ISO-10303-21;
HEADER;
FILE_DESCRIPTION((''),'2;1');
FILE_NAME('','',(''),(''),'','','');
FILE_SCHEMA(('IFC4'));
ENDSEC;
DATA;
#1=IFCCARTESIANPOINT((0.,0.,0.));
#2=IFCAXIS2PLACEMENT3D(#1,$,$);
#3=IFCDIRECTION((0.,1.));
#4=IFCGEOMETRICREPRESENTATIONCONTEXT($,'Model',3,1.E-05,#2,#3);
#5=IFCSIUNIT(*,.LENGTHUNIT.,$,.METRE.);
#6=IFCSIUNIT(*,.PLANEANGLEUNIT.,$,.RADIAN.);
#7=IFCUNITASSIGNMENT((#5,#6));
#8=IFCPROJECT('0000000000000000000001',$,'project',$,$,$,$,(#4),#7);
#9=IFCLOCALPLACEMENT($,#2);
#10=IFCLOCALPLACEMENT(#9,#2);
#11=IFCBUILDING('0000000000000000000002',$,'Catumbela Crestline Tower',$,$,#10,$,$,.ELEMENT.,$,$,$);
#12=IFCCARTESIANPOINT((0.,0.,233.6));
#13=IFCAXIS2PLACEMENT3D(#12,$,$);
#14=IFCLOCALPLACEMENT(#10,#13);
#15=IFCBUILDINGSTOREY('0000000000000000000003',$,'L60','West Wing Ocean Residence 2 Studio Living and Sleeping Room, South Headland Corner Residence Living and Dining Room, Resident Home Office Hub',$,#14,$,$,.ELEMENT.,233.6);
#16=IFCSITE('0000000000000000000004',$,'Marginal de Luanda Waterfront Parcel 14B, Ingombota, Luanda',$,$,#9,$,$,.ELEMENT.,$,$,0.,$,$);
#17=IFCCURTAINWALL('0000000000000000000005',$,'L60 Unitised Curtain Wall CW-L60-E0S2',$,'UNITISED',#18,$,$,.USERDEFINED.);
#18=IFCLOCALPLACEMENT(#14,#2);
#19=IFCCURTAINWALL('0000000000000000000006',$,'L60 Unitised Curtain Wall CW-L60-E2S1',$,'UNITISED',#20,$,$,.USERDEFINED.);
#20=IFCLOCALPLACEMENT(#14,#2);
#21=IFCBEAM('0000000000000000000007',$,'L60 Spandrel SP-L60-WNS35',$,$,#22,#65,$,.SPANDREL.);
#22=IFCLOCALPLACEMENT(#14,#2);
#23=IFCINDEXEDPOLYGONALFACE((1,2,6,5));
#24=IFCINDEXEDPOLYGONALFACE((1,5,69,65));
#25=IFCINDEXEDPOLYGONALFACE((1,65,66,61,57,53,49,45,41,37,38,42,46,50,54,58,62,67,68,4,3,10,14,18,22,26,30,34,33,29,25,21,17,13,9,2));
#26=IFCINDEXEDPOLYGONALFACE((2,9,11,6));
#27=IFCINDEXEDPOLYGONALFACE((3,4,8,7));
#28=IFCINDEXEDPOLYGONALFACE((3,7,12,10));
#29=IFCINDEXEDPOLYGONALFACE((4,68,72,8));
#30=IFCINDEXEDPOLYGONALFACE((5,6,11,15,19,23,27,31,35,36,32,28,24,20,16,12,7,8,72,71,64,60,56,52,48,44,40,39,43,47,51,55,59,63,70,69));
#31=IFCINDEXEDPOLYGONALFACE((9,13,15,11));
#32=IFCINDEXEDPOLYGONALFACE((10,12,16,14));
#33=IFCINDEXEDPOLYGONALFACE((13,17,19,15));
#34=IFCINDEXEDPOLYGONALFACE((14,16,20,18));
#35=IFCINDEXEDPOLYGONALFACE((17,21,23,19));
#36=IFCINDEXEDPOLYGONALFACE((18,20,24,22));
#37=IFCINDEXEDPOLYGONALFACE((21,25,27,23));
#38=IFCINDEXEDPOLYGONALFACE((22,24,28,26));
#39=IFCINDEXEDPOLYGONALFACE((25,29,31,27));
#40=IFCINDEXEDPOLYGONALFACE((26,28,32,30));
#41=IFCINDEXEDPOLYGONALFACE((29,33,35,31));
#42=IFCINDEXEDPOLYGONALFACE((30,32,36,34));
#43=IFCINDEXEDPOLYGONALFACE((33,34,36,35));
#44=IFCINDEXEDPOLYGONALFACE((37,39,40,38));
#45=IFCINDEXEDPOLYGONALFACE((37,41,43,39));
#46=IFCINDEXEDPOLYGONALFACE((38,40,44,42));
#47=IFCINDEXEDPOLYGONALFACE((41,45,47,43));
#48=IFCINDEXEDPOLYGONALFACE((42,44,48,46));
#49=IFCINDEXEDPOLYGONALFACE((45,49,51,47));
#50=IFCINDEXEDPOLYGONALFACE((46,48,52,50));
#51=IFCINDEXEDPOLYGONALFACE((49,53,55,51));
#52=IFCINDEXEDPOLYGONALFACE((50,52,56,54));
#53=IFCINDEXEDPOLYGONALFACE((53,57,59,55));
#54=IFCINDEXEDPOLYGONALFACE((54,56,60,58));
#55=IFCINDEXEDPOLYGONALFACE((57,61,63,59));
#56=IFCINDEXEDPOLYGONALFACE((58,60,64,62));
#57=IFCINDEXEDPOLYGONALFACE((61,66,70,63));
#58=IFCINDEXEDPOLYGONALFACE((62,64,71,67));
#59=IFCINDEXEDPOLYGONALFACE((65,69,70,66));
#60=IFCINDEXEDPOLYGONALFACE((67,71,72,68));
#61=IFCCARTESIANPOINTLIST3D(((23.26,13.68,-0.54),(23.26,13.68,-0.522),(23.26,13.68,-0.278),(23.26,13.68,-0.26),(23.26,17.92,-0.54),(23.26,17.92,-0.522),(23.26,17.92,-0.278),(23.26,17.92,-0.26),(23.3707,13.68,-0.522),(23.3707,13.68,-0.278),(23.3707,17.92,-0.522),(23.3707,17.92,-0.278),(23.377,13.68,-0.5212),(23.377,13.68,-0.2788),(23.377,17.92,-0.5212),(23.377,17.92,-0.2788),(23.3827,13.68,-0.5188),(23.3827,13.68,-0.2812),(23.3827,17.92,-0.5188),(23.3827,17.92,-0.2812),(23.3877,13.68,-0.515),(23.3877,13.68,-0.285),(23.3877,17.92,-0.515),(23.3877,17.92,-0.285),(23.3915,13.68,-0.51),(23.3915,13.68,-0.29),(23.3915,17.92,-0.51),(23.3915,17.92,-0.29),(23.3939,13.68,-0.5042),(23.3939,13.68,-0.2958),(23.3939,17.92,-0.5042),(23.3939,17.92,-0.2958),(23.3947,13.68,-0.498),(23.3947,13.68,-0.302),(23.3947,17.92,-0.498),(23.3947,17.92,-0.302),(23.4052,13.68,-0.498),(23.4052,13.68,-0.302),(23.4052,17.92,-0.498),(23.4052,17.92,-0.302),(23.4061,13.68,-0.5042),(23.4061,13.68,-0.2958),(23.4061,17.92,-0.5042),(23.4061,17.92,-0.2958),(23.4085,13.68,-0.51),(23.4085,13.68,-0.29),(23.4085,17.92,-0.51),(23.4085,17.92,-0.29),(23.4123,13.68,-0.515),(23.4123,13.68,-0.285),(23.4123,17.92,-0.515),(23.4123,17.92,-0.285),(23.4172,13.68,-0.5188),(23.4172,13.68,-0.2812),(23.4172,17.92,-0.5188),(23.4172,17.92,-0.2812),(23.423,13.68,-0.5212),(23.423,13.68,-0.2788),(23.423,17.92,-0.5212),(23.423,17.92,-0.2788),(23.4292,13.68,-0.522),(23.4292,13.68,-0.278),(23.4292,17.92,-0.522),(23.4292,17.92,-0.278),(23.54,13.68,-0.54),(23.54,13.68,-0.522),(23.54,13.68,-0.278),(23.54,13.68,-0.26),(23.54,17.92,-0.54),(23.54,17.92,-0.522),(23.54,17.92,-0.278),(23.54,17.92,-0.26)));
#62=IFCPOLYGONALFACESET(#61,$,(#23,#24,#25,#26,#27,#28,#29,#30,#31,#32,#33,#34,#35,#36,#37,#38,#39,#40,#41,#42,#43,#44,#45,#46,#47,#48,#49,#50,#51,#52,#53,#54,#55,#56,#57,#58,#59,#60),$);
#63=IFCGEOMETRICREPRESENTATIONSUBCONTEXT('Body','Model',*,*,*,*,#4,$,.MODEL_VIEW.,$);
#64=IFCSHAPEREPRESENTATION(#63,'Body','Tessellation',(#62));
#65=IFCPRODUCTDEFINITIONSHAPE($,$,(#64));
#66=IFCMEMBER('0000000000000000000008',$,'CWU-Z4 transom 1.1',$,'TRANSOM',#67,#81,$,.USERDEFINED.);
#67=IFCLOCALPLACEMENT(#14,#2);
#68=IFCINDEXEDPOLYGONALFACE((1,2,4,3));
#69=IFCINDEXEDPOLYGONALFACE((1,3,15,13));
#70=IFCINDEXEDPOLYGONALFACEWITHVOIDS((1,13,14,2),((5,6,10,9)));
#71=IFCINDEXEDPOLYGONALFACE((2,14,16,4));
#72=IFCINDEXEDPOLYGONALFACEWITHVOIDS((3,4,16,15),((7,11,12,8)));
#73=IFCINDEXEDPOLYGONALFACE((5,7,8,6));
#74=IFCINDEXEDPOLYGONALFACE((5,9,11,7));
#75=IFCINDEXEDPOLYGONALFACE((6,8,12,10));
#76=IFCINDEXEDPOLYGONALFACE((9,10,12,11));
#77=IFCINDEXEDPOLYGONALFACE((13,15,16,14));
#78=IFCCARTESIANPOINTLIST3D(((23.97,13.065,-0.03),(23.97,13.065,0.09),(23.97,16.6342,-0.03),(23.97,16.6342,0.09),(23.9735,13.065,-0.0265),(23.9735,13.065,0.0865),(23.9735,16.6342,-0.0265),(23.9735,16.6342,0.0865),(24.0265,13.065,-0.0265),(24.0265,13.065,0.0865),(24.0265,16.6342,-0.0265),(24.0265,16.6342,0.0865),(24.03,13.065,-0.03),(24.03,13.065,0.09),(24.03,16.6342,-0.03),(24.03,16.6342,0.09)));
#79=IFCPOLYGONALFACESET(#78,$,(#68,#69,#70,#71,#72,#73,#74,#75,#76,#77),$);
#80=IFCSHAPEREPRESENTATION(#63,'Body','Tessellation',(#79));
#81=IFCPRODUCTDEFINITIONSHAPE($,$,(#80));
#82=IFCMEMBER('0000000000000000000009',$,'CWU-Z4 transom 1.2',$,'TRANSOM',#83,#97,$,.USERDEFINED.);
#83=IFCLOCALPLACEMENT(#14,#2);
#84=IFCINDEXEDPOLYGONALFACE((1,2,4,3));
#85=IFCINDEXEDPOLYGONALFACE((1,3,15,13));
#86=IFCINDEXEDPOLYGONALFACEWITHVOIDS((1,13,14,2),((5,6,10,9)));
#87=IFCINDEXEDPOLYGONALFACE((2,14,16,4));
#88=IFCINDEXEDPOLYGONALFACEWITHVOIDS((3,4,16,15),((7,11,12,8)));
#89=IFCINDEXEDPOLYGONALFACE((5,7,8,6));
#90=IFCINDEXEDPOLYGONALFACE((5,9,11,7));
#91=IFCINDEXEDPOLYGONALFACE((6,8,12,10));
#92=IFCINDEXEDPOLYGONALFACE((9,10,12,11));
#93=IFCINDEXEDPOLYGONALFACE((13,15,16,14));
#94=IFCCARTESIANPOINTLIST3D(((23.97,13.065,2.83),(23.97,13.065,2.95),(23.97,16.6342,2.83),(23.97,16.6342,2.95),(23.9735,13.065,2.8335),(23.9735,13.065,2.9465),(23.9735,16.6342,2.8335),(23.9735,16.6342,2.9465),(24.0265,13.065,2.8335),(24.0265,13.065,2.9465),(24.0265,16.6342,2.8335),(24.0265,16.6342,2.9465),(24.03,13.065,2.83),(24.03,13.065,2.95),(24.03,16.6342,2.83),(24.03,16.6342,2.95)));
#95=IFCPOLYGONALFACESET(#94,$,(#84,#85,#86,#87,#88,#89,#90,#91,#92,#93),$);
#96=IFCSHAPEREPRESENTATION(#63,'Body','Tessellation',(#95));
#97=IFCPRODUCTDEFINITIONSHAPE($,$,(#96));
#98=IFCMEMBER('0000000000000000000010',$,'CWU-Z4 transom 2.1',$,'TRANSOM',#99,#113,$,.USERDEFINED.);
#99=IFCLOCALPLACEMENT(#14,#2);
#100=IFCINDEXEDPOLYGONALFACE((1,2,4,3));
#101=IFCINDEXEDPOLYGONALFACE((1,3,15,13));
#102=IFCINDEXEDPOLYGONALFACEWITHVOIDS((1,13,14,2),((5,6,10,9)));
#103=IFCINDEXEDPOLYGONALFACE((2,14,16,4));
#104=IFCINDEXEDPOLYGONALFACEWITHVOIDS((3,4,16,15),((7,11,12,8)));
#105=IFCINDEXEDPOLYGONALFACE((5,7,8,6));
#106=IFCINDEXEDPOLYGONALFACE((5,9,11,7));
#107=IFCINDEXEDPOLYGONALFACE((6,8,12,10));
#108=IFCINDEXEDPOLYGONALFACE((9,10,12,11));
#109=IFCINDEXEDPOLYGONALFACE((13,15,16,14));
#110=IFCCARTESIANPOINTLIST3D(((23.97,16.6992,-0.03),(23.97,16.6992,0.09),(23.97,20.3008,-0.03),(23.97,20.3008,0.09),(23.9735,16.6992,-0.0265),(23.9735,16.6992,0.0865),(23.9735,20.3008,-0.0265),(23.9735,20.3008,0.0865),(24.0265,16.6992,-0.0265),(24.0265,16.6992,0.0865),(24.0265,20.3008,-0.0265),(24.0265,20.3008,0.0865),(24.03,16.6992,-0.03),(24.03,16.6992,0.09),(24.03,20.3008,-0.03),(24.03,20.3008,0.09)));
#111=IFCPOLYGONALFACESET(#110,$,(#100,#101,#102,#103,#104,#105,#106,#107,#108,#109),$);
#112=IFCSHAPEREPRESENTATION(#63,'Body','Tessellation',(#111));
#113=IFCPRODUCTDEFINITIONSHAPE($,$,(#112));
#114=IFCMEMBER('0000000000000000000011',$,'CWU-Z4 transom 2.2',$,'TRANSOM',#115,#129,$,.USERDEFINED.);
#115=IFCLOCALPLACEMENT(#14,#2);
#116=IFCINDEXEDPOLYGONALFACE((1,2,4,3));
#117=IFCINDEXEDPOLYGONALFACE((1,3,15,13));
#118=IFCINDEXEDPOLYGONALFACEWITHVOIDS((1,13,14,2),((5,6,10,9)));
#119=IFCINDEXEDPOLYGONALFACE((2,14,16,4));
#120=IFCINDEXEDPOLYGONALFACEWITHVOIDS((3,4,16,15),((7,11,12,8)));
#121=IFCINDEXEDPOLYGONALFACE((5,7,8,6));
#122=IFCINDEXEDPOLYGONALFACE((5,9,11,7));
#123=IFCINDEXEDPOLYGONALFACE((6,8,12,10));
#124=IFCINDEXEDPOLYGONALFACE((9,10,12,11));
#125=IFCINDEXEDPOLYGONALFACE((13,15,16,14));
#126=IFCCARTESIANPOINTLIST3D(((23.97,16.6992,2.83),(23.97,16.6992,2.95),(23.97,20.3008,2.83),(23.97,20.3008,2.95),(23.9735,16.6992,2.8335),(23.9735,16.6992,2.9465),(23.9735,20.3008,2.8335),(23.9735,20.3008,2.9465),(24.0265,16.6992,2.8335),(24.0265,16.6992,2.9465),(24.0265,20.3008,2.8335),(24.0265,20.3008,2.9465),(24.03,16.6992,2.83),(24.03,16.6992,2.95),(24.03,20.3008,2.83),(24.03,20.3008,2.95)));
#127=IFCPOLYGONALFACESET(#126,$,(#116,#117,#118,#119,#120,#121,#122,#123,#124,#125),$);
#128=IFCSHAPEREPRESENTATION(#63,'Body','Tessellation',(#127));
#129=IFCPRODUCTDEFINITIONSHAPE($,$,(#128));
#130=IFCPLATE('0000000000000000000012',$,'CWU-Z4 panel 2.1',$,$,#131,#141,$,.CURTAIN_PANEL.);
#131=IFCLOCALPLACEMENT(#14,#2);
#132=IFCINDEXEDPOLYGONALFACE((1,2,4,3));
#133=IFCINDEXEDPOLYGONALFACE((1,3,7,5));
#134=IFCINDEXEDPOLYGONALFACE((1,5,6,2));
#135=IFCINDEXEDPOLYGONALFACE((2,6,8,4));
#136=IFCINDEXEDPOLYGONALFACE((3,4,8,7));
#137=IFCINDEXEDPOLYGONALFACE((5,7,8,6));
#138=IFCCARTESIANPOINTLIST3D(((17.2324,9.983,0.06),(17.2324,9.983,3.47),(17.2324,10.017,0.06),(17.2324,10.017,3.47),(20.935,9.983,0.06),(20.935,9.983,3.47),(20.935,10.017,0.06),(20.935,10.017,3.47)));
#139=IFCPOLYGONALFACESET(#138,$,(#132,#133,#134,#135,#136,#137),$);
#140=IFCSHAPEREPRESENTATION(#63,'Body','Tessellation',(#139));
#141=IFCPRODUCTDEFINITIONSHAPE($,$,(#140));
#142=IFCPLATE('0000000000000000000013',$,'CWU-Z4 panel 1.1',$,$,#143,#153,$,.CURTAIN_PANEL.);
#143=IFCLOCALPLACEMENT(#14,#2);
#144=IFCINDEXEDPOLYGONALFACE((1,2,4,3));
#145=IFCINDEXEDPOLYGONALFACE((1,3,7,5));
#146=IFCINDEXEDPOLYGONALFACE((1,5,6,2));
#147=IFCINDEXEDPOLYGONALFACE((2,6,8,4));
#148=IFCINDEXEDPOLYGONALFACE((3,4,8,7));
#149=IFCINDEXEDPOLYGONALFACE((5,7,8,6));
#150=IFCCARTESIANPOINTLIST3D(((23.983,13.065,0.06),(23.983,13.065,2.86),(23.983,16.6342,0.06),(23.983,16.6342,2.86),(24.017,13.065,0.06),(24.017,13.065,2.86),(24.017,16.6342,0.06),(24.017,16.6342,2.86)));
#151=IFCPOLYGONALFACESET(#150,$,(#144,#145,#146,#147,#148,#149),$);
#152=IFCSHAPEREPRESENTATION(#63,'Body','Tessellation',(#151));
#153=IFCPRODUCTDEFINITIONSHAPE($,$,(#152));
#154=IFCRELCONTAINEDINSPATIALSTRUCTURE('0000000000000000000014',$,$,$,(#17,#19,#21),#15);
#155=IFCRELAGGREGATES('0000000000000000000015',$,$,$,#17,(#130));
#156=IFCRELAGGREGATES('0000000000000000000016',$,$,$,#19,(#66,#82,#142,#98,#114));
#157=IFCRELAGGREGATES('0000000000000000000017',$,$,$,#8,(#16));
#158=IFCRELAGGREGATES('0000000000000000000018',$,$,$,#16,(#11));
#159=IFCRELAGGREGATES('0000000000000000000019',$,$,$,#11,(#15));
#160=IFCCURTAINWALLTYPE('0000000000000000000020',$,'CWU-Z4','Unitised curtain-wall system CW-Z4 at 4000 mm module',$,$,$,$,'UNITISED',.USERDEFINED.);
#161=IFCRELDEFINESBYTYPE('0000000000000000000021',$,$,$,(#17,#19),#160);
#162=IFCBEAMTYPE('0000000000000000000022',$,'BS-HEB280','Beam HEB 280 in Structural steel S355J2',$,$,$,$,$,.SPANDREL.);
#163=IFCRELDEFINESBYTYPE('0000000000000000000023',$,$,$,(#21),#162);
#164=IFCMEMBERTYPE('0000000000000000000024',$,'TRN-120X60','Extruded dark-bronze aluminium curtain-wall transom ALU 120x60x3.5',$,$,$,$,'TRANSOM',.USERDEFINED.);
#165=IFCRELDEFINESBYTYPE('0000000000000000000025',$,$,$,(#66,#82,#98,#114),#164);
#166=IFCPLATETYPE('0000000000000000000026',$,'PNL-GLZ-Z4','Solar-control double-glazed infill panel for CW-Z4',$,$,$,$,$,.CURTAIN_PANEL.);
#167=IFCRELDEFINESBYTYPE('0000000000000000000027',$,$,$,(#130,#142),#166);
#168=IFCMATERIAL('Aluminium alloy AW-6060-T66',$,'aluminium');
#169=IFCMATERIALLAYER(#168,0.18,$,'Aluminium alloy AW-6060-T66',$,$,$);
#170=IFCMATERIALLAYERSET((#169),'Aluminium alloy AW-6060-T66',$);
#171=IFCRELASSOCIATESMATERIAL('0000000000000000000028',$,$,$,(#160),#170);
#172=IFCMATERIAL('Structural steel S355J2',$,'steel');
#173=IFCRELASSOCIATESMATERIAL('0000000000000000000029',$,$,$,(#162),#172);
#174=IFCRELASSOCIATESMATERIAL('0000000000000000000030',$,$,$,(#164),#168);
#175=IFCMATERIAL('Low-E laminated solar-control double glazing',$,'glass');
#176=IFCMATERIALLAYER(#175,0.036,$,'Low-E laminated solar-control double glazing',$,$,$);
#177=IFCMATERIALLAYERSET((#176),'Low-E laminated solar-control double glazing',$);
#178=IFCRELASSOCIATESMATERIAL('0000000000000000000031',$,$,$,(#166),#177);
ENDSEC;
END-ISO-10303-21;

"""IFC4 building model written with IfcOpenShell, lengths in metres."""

from ifc_helpers import new_model, si_unit, direction, frame, origin, origin_2d, place, context, subcontext, project, spatial, rectangle, hollow_rectangle, i_section, extrude, material, layer, layer_set, material_profile, profile_set, type_object, element, aggregate, save


model = new_model("IFC4")

# Units and contexts
model_context = context("Model", 3, precision=1e-05, world=origin(), true_north=direction((0.0, 1.0)))
body_context = subcontext(model_context, "Body", "Model", "MODEL_VIEW")
ifc_project = project(units=[si_unit("LENGTHUNIT", "METRE"), si_unit("PLANEANGLEUNIT", "RADIAN")], contexts=[model_context])

# Site, building, storey
site_placement = place(None, origin())
site = spatial("IfcSite", under=ifc_project, at=site_placement, Name="Marginal de Luanda Waterfront Parcel 14B, Ingombota, Luanda", CompositionType="ELEMENT", RefElevation=0.0)
building_placement = place(site_placement, origin())
building = spatial("IfcBuilding", under=site, at=building_placement, Name="Catumbela Crestline Tower", CompositionType="ELEMENT")
storey_placement = place(building_placement, frame((0.0, 0.0, 233.6)))
storey = spatial("IfcBuildingStorey", under=building, at=storey_placement, Name="L60", Description="West Wing Ocean Residence 2 Studio Living and Sleeping Room, South Headland Corner Residence Living and Dining Room, Resident Home Office Hub", CompositionType="ELEMENT", Elevation=233.6)

# Shared definitions
ifc_material_1 = material(Name="Structural steel S355J2", Category="steel")

# Curtain wall
ifc_material_2 = material(Name="Aluminium alloy AW-6060-T66", Category="aluminium")
ifc_layer_1 = layer(ifc_material_2, 0.18, Name="Aluminium alloy AW-6060-T66")
ifc_layer_set_1 = layer_set([ifc_layer_1], Name="Aluminium alloy AW-6060-T66")
curtain_wall_type = type_object("IfcCurtainWallType", Name="CWU-Z4", Description="Unitised curtain-wall system CW-Z4 at 4000 mm module", ElementType="UNITISED", PredefinedType="USERDEFINED", material=ifc_layer_set_1)
curtain_wall_1_placement = place(storey_placement, origin())
curtain_wall_1 = element("IfcCurtainWall", 1, at=curtain_wall_1_placement, inside=storey, type_object=curtain_wall_type, Name="L60 Unitised Curtain Wall CW-L60-E0S2", ObjectType="UNITISED", PredefinedType="USERDEFINED")

# Curtain wall
curtain_wall_2_placement = place(storey_placement, origin())
curtain_wall_2 = element("IfcCurtainWall", 2, at=curtain_wall_2_placement, inside=storey, type_object=curtain_wall_type, Name="L60 Unitised Curtain Wall CW-L60-E2S1", ObjectType="UNITISED", PredefinedType="USERDEFINED")

# Beam
ifc_material_profile_1 = material_profile(ifc_material_1, i_section(OverallWidth=0.28, OverallDepth=0.28, WebThickness=0.0105, FlangeThickness=0.018, FilletRadius=0.024, at=origin_2d()), Name="HEB 280")
ifc_profile_set_1 = profile_set([ifc_material_profile_1], Name="Structural steel S355J2")
beam_type_1 = type_object("IfcBeamType", Name="BS-HEB280", Description="Beam HEB 280 in Structural steel S355J2", PredefinedType="SPANDREL", material=ifc_profile_set_1)
beam_placement = place(storey_placement, frame((23.4, 13.68, -0.4), z_axis=(0.0, 1.0, 0.0), x_axis=(-1.0, 0.0, 0.0)))
element("IfcBeam", 3, at=beam_placement, inside=storey, type_object=beam_type_1, Name="L60 Spandrel SP-L60-WNS35", PredefinedType="SPANDREL", context=body_context, shape_type="SweptSolid", body=[
    extrude(i_section(OverallWidth=0.28, OverallDepth=0.28, WebThickness=0.0105, FlangeThickness=0.018, FilletRadius=0.024, at=origin_2d()), origin(), (0.0, 0.0, 1.0), 4.24),
])

# Members
ifc_material_profile_2 = material_profile(ifc_material_2, hollow_rectangle(XDim=0.06, YDim=0.12, WallThickness=0.0035, at=origin_2d()), Name="ALU 120x60x3.5")
ifc_profile_set_2 = profile_set([ifc_material_profile_2], Name="Aluminium alloy AW-6060-T66")
member_type_1 = type_object("IfcMemberType", Name="TRN-120X60", Description="Extruded dark-bronze aluminium curtain-wall transom ALU 120x60x3.5", ElementType="TRANSOM", PredefinedType="USERDEFINED", material=ifc_profile_set_2)
member_1_placement = place(storey_placement, frame((24.0, 13.065, 0.03), z_axis=(0.0, 1.0, 0.0), x_axis=(-1.0, 0.0, 0.0)))
member_1 = element("IfcMember", 4, at=member_1_placement, type_object=member_type_1, Name="CWU-Z4 transom 1.1", ObjectType="TRANSOM", PredefinedType="USERDEFINED", context=body_context, shape_type="SweptSolid", body=[
    extrude(hollow_rectangle(XDim=0.06, YDim=0.12, WallThickness=0.0035, at=origin_2d()), origin(), (0.0, 0.0, 1.0), 3.5692),
])
member_2_placement = place(storey_placement, frame((24.0, 13.065, 2.89), z_axis=(0.0, 1.0, 0.0), x_axis=(-1.0, 0.0, 0.0)))
member_2 = element("IfcMember", 5, at=member_2_placement, type_object=member_type_1, Name="CWU-Z4 transom 1.2", ObjectType="TRANSOM", PredefinedType="USERDEFINED", context=body_context, shape_type="SweptSolid", body=[
    extrude(hollow_rectangle(XDim=0.06, YDim=0.12, WallThickness=0.0035, at=origin_2d()), origin(), (0.0, 0.0, 1.0), 3.5692),
])
member_3_placement = place(storey_placement, frame((24.0, 16.6992, 0.03), z_axis=(0.0, 1.0, 0.0), x_axis=(-1.0, 0.0, 0.0)))
member_3 = element("IfcMember", 6, at=member_3_placement, type_object=member_type_1, Name="CWU-Z4 transom 2.1", ObjectType="TRANSOM", PredefinedType="USERDEFINED", context=body_context, shape_type="SweptSolid", body=[
    extrude(hollow_rectangle(XDim=0.06, YDim=0.12, WallThickness=0.0035, at=origin_2d()), origin(), (0.0, 0.0, 1.0), 3.6016),
])
member_4_placement = place(storey_placement, frame((24.0, 16.6992, 2.89), z_axis=(0.0, 1.0, 0.0), x_axis=(-1.0, 0.0, 0.0)))
member_4 = element("IfcMember", 7, at=member_4_placement, type_object=member_type_1, Name="CWU-Z4 transom 2.2", ObjectType="TRANSOM", PredefinedType="USERDEFINED", context=body_context, shape_type="SweptSolid", body=[
    extrude(hollow_rectangle(XDim=0.06, YDim=0.12, WallThickness=0.0035, at=origin_2d()), origin(), (0.0, 0.0, 1.0), 3.6016),
])

# Plates
ifc_material_3 = material(Name="Low-E laminated solar-control double glazing", Category="glass")
ifc_layer_2 = layer(ifc_material_3, 0.036, Name="Low-E laminated solar-control double glazing")
ifc_layer_set_2 = layer_set([ifc_layer_2], Name="Low-E laminated solar-control double glazing")
plate_type = type_object("IfcPlateType", Name="PNL-GLZ-Z4", Description="Solar-control double-glazed infill panel for CW-Z4", PredefinedType="CURTAIN_PANEL", material=ifc_layer_set_2)
plate_1_placement = place(storey_placement, frame((19.0837, 10.0, 0.06), z_axis=(0.0, 0.0, 1.0), x_axis=(1.0, 0.0, 0.0)))
plate_1 = element("IfcPlate", 8, at=plate_1_placement, type_object=plate_type, Name="CWU-Z4 panel 2.1", PredefinedType="CURTAIN_PANEL", context=body_context, shape_type="SweptSolid", body=[
    extrude(rectangle(XDim=3.7025, YDim=0.034, at=origin_2d()), origin(), (0.0, 0.0, 1.0), 3.41),
])
aggregate(curtain_wall_1, [plate_1])
plate_2_placement = place(storey_placement, frame((24.0, 14.8496, 0.06), z_axis=(0.0, 0.0, 1.0), x_axis=(0.0, 1.0, 0.0)))
plate_2 = element("IfcPlate", 9, at=plate_2_placement, type_object=plate_type, Name="CWU-Z4 panel 1.1", PredefinedType="CURTAIN_PANEL", context=body_context, shape_type="SweptSolid", body=[
    extrude(rectangle(XDim=3.5692, YDim=0.034, at=origin_2d()), origin(), (0.0, 0.0, 1.0), 2.8),
])
aggregate(curtain_wall_2, [member_1, member_2, plate_2, member_3, member_4])

save(model, "model.ifc")
